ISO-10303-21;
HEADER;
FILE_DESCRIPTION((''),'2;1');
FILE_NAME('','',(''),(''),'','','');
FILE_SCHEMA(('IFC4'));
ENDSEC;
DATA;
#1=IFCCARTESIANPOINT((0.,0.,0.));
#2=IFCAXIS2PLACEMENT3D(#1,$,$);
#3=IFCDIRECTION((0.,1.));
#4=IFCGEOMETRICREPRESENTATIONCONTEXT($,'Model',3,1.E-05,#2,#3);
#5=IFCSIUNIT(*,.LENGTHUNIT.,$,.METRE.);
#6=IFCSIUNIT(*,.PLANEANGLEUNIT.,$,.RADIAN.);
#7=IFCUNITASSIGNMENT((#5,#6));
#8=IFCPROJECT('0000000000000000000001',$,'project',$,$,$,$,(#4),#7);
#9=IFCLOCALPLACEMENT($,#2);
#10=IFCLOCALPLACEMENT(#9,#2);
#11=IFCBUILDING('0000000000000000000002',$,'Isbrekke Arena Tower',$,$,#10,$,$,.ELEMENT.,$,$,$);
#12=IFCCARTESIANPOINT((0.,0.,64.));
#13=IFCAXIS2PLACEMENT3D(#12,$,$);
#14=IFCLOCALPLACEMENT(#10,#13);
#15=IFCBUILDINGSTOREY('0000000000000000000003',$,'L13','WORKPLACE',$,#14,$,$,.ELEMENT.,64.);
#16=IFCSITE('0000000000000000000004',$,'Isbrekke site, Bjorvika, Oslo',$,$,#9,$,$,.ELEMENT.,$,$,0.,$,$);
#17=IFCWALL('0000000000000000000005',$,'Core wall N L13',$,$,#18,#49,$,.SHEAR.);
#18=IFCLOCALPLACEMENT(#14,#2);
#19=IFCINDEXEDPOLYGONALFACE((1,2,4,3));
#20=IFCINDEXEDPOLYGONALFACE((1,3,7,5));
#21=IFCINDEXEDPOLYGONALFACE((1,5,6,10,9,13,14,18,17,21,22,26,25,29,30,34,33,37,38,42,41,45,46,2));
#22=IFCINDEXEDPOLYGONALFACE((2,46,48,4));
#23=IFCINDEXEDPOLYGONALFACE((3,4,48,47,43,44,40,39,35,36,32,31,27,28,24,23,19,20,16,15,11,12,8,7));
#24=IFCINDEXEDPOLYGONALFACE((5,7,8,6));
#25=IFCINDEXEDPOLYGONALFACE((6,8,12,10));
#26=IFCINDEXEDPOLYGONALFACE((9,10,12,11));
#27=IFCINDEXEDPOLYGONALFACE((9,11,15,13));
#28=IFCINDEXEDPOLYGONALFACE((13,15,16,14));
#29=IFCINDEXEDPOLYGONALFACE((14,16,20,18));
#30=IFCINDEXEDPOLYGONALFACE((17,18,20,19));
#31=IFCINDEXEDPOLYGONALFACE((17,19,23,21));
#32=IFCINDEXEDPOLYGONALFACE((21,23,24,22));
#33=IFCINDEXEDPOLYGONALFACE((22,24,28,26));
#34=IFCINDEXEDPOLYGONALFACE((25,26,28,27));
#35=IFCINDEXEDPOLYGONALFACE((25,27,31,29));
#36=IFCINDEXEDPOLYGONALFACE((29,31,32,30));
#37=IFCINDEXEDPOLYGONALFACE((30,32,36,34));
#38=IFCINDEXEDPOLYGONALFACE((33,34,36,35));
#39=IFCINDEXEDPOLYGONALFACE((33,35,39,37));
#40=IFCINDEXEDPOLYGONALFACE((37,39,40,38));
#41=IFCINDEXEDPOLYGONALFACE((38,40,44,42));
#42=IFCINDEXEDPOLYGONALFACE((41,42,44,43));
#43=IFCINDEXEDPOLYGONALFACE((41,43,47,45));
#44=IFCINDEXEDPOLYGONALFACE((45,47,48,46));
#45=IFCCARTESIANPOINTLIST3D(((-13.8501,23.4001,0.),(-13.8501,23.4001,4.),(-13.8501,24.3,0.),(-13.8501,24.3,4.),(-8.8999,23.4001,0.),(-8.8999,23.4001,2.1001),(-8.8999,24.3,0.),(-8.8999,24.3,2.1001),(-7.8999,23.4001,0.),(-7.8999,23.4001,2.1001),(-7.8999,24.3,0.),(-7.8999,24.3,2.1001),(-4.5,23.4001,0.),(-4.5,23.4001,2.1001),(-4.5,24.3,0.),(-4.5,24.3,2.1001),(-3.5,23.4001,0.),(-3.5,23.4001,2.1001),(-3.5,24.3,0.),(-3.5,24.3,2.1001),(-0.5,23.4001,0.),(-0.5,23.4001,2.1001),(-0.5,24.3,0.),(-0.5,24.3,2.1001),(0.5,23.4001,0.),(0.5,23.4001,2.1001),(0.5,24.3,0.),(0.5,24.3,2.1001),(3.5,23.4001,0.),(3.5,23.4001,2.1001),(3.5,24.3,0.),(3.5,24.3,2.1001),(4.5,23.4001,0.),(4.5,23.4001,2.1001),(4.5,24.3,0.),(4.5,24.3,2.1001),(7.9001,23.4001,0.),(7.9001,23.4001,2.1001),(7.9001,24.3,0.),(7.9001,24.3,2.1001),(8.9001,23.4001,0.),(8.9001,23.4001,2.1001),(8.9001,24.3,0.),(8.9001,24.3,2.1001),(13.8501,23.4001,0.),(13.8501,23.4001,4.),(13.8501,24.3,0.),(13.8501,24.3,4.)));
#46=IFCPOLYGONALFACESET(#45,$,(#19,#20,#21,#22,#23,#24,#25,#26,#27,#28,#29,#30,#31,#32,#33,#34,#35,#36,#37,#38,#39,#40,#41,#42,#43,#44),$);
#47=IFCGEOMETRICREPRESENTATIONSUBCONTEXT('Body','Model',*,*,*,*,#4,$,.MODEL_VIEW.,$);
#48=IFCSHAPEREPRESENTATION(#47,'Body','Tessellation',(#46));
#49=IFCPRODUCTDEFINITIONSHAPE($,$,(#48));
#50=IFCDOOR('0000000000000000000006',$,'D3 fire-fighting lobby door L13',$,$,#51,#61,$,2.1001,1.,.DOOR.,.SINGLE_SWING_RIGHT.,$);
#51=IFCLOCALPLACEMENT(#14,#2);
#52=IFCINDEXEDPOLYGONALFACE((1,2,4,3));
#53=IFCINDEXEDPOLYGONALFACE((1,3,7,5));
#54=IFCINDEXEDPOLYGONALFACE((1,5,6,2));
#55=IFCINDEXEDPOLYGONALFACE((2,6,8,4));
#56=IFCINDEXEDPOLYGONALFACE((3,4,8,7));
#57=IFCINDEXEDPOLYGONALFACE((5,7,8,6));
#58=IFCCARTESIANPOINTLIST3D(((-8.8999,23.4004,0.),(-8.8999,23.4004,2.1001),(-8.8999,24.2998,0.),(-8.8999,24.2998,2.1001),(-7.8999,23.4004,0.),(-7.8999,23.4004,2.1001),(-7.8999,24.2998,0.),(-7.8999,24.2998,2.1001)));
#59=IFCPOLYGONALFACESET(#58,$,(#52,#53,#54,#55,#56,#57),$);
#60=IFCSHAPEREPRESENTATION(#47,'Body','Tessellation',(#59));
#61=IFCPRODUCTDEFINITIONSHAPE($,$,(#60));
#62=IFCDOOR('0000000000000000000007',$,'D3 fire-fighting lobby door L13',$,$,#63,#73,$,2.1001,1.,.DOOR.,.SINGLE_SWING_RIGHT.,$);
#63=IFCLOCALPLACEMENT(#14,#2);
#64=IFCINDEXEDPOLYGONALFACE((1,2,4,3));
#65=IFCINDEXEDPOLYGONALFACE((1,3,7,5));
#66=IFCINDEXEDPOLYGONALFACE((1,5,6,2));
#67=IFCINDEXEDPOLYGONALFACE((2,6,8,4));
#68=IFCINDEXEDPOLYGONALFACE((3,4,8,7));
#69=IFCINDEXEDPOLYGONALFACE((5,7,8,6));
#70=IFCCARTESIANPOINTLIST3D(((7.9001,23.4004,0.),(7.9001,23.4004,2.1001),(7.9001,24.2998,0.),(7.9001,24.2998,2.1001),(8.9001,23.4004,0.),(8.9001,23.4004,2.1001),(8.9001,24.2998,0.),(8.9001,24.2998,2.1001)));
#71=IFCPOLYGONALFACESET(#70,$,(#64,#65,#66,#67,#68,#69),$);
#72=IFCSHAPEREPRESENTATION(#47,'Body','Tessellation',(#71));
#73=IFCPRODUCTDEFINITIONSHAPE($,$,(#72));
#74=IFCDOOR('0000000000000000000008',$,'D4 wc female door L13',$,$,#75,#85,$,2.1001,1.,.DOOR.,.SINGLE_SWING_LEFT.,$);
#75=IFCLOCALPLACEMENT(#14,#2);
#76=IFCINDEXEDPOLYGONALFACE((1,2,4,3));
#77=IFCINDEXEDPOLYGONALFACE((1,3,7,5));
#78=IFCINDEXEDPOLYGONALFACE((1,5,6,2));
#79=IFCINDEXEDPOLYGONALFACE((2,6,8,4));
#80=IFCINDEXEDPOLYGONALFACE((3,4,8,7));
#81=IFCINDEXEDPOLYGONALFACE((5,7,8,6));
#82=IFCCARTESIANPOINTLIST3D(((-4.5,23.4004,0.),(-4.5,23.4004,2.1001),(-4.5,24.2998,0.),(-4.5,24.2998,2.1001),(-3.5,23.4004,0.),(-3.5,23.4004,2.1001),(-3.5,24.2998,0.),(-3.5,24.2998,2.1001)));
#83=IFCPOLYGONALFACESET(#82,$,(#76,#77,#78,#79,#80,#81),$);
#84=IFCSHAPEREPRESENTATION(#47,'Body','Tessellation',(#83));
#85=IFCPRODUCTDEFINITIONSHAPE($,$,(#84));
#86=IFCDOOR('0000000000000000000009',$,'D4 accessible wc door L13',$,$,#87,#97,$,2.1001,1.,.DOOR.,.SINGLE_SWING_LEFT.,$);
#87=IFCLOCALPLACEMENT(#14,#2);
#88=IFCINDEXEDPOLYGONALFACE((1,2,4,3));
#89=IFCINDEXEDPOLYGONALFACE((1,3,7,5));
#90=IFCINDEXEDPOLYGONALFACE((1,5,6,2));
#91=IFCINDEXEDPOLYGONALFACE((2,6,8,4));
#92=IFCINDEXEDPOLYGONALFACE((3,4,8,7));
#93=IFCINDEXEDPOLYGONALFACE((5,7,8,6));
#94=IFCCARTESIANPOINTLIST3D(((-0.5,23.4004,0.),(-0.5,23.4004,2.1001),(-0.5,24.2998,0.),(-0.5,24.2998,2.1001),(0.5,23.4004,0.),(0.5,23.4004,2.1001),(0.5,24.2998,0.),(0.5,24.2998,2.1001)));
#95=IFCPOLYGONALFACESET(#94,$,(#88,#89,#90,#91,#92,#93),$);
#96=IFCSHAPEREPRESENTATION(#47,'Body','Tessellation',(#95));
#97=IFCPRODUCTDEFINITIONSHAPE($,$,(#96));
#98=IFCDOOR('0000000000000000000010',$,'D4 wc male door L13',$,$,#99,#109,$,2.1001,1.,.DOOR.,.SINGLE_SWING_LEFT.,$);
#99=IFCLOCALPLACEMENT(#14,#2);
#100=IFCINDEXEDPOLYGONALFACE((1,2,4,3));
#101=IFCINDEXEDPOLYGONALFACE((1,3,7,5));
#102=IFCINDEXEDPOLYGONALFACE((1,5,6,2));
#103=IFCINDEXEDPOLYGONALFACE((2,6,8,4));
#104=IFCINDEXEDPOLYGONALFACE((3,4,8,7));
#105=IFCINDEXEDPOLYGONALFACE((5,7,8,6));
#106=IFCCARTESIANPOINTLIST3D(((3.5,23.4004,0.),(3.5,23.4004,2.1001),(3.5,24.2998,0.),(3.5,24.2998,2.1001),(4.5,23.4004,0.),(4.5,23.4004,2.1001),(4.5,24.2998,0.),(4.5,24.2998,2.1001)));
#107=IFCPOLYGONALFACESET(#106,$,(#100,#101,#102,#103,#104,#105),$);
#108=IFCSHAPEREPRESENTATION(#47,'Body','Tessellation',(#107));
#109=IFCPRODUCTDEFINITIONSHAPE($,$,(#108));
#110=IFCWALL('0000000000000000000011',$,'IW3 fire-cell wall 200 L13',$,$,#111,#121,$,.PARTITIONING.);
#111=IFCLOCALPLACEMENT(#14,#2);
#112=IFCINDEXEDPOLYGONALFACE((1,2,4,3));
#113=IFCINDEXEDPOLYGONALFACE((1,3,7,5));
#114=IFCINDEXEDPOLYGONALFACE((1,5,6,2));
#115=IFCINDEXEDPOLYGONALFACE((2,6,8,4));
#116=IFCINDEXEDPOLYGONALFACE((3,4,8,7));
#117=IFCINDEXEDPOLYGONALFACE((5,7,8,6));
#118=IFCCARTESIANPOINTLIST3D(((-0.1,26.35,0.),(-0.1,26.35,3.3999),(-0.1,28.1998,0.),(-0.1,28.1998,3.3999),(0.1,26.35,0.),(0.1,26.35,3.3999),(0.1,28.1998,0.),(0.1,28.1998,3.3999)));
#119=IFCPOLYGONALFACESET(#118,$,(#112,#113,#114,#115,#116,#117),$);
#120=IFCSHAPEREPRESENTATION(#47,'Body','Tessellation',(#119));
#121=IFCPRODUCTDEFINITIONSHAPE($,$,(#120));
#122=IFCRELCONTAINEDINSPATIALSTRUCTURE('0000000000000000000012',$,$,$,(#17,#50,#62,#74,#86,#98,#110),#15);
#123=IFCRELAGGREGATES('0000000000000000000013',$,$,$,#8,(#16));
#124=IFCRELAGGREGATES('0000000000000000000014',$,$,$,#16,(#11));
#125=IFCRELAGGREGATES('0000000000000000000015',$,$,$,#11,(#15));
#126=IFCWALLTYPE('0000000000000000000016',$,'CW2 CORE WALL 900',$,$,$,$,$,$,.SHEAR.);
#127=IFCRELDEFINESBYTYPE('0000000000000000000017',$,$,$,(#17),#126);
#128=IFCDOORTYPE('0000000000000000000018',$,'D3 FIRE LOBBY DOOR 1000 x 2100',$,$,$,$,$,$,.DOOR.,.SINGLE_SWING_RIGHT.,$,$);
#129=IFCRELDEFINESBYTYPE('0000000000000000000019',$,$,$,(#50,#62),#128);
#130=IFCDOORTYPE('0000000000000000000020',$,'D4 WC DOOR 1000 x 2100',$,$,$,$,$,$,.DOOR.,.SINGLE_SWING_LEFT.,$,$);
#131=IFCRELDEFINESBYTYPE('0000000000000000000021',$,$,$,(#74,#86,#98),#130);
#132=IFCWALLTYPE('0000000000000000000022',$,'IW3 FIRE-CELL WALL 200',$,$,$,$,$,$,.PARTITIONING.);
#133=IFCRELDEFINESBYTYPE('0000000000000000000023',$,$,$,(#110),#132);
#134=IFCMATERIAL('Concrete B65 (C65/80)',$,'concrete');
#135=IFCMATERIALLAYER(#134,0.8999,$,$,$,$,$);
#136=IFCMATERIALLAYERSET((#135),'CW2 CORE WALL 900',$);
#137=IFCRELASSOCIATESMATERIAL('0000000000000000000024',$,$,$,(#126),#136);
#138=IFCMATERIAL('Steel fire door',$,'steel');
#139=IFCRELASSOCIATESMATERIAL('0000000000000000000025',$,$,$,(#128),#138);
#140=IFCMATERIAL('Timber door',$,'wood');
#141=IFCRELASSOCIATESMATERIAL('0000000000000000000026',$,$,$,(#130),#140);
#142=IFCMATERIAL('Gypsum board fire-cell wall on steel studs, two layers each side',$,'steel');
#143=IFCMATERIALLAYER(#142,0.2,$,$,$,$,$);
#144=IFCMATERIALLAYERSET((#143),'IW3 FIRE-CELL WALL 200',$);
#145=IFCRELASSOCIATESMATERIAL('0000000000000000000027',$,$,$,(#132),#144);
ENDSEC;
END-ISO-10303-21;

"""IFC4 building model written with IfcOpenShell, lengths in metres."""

from ifc_helpers import new_model, si_unit, direction, frame, frame_2d, origin, place, context, subcontext, project, spatial, rectangle, extrude, material, layer, layer_set, type_object, element, fill, save


model = new_model("IFC4")

# Units and contexts
model_context = context("Model", 3, precision=1e-05, world=origin(), true_north=direction((0.0, 1.0)))
body_context = subcontext(model_context, "Body", "Model", "MODEL_VIEW")
ifc_project = project(units=[si_unit("LENGTHUNIT", "METRE"), si_unit("PLANEANGLEUNIT", "RADIAN")], contexts=[model_context])

# Site, building, storey
site_placement = place(None, origin())
site = spatial("IfcSite", under=ifc_project, at=site_placement, Name="Isbrekke site, Bjorvika, Oslo", CompositionType="ELEMENT", RefElevation=0.0)
building_placement = place(site_placement, origin())
building = spatial("IfcBuilding", under=site, at=building_placement, Name="Isbrekke Arena Tower", CompositionType="ELEMENT")
storey_placement = place(building_placement, frame((0.0, 0.0, 64.0)))
storey = spatial("IfcBuildingStorey", under=building, at=storey_placement, Name="L13", Description="WORKPLACE", CompositionType="ELEMENT", Elevation=64.0)

# Wall, openings, doors
ifc_material_1 = material(Name="Concrete B65 (C65/80)", Category="concrete")
ifc_layer_1 = layer(ifc_material_1, 0.8999)
ifc_layer_set_1 = layer_set([ifc_layer_1], Name="CW2 CORE WALL 900")
wall_type_1 = type_object("IfcWallType", Name="CW2 CORE WALL 900", PredefinedType="SHEAR", material=ifc_layer_set_1)
wall_1_placement = place(storey_placement, frame((13.8501, 23.8501, 0.0), z_axis=(0.0, 0.0, 1.0), x_axis=(-1.0, 0.0, 0.0)))
wall_1 = element("IfcWall", 1, at=wall_1_placement, inside=storey, type_object=wall_type_1, Name="Core wall N L13", PredefinedType="SHEAR", context=body_context, shape_type="SweptSolid", body=[
    extrude(rectangle(XDim=27.7002, YDim=0.8999, at=frame_2d((13.8501, 0.0))), origin(), (0.0, 0.0, 1.0), 4.0),
])
opening_1_placement = place(wall_1_placement, frame((21.75, 0.0, 0.0)))
opening_1 = element("IfcOpeningElement", 2, at=opening_1_placement, cuts=wall_1, PredefinedType="OPENING", context=body_context, shape_type="SweptSolid", body=[
    extrude(rectangle(XDim=1.0, YDim=2.1001, at=frame_2d((0.5, 1.05))), frame((0.0, 0.4648, 0.0), z_axis=(0.0, -1.0, 0.0), x_axis=(1.0, 0.0, 0.0)), (0.0, 0.0, 1.0), 0.9297),
])
opening_2_placement = place(wall_1_placement, frame((4.95, 0.0, 0.0)))
opening_2 = element("IfcOpeningElement", 3, at=opening_2_placement, cuts=wall_1, PredefinedType="OPENING", context=body_context, shape_type="SweptSolid", body=[
    extrude(rectangle(XDim=1.0, YDim=2.1001, at=frame_2d((0.5, 1.05))), frame((0.0, 0.4648, 0.0), z_axis=(0.0, -1.0, 0.0), x_axis=(1.0, 0.0, 0.0)), (0.0, 0.0, 1.0), 0.9297),
])
opening_3_placement = place(wall_1_placement, frame((17.3501, 0.0, 0.0)))
opening_3 = element("IfcOpeningElement", 4, at=opening_3_placement, cuts=wall_1, PredefinedType="OPENING", context=body_context, shape_type="SweptSolid", body=[
    extrude(rectangle(XDim=1.0, YDim=2.1001, at=frame_2d((0.5, 1.05))), frame((0.0, 0.4648, 0.0), z_axis=(0.0, -1.0, 0.0), x_axis=(1.0, 0.0, 0.0)), (0.0, 0.0, 1.0), 0.9297),
])
opening_4_placement = place(wall_1_placement, frame((13.3501, 0.0, 0.0)))
opening_4 = element("IfcOpeningElement", 5, at=opening_4_placement, cuts=wall_1, PredefinedType="OPENING", context=body_context, shape_type="SweptSolid", body=[
    extrude(rectangle(XDim=1.0, YDim=2.1001, at=frame_2d((0.5, 1.05))), frame((0.0, 0.4648, 0.0), z_axis=(0.0, -1.0, 0.0), x_axis=(1.0, 0.0, 0.0)), (0.0, 0.0, 1.0), 0.9297),
])
opening_5_placement = place(wall_1_placement, frame((9.3501, 0.0, 0.0)))
opening_5 = element("IfcOpeningElement", 6, at=opening_5_placement, cuts=wall_1, PredefinedType="OPENING", context=body_context, shape_type="SweptSolid", body=[
    extrude(rectangle(XDim=1.0, YDim=2.1001, at=frame_2d((0.5, 1.05))), frame((0.0, 0.4648, 0.0), z_axis=(0.0, -1.0, 0.0), x_axis=(1.0, 0.0, 0.0)), (0.0, 0.0, 1.0), 0.9297),
])
ifc_material_2 = material(Name="Steel fire door", Category="steel")
door_type_1 = type_object("IfcDoorType", Name="D3 FIRE LOBBY DOOR 1000 x 2100", OperationType="SINGLE_SWING_RIGHT", PredefinedType="DOOR", material=ifc_material_2)
door_1_placement = place(opening_1_placement, origin())
door_1 = element("IfcDoor", 7, at=door_1_placement, inside=storey, type_object=door_type_1, Name="D3 fire-fighting lobby door L13", OperationType="SINGLE_SWING_RIGHT", OverallHeight=2.1001, OverallWidth=1.0, PredefinedType="DOOR", context=body_context, shape_type="SweptSolid", body=[
    extrude(rectangle(XDim=1.0, YDim=2.1001, at=frame_2d((0.5, 1.05))), frame((0.0, 0.4497, 0.0), z_axis=(0.0, -1.0, 0.0), x_axis=(1.0, 0.0, 0.0)), (0.0, 0.0, 1.0), 0.8994),
])
fill(opening_1, door_1)
door_2_placement = place(opening_2_placement, origin())
door_2 = element("IfcDoor", 8, at=door_2_placement, inside=storey, type_object=door_type_1, Name="D3 fire-fighting lobby door L13", OperationType="SINGLE_SWING_RIGHT", OverallHeight=2.1001, OverallWidth=1.0, PredefinedType="DOOR", context=body_context, shape_type="SweptSolid", body=[
    extrude(rectangle(XDim=1.0, YDim=2.1001, at=frame_2d((0.5, 1.05))), frame((0.0, 0.4497, 0.0), z_axis=(0.0, -1.0, 0.0), x_axis=(1.0, 0.0, 0.0)), (0.0, 0.0, 1.0), 0.8994),
])
fill(opening_2, door_2)
ifc_material_3 = material(Name="Timber door", Category="wood")
door_type_2 = type_object("IfcDoorType", Name="D4 WC DOOR 1000 x 2100", OperationType="SINGLE_SWING_LEFT", PredefinedType="DOOR", material=ifc_material_3)
door_3_placement = place(opening_3_placement, origin())
door_3 = element("IfcDoor", 9, at=door_3_placement, inside=storey, type_object=door_type_2, Name="D4 wc female door L13", OperationType="SINGLE_SWING_LEFT", OverallHeight=2.1001, OverallWidth=1.0, PredefinedType="DOOR", context=body_context, shape_type="SweptSolid", body=[
    extrude(rectangle(XDim=1.0, YDim=2.1001, at=frame_2d((0.5, 1.05))), frame((0.0, 0.4497, 0.0), z_axis=(0.0, -1.0, 0.0), x_axis=(1.0, 0.0, 0.0)), (0.0, 0.0, 1.0), 0.8994),
])
fill(opening_3, door_3)
door_4_placement = place(opening_4_placement, origin())
door_4 = element("IfcDoor", 10, at=door_4_placement, inside=storey, type_object=door_type_2, Name="D4 accessible wc door L13", OperationType="SINGLE_SWING_LEFT", OverallHeight=2.1001, OverallWidth=1.0, PredefinedType="DOOR", context=body_context, shape_type="SweptSolid", body=[
    extrude(rectangle(XDim=1.0, YDim=2.1001, at=frame_2d((0.5, 1.05))), frame((0.0, 0.4497, 0.0), z_axis=(0.0, -1.0, 0.0), x_axis=(1.0, 0.0, 0.0)), (0.0, 0.0, 1.0), 0.8994),
])
fill(opening_4, door_4)
door_5_placement = place(opening_5_placement, origin())
door_5 = element("IfcDoor", 11, at=door_5_placement, inside=storey, type_object=door_type_2, Name="D4 wc male door L13", OperationType="SINGLE_SWING_LEFT", OverallHeight=2.1001, OverallWidth=1.0, PredefinedType="DOOR", context=body_context, shape_type="SweptSolid", body=[
    extrude(rectangle(XDim=1.0, YDim=2.1001, at=frame_2d((0.5, 1.05))), frame((0.0, 0.4497, 0.0), z_axis=(0.0, -1.0, 0.0), x_axis=(1.0, 0.0, 0.0)), (0.0, 0.0, 1.0), 0.8994),
])
fill(opening_5, door_5)

# Wall
ifc_material_4 = material(Name="Gypsum board fire-cell wall on steel studs, two layers each side", Category="steel")
ifc_layer_2 = layer(ifc_material_4, 0.2)
ifc_layer_set_2 = layer_set([ifc_layer_2], Name="IW3 FIRE-CELL WALL 200")
wall_type_2 = type_object("IfcWallType", Name="IW3 FIRE-CELL WALL 200", PredefinedType="PARTITIONING", material=ifc_layer_set_2)
wall_2_placement = place(storey_placement, frame((0.0, 26.3501, 0.0), z_axis=(0.0, 0.0, 1.0), x_axis=(0.0, 1.0, 0.0)))
element("IfcWall", 12, at=wall_2_placement, inside=storey, type_object=wall_type_2, Name="IW3 fire-cell wall 200 L13", PredefinedType="PARTITIONING", context=body_context, shape_type="SweptSolid", body=[
    extrude(rectangle(XDim=1.8499, YDim=0.2, at=frame_2d((0.9248, 0.0))), origin(), (0.0, 0.0, 1.0), 3.3999),
])

save(model, "model.ifc")
